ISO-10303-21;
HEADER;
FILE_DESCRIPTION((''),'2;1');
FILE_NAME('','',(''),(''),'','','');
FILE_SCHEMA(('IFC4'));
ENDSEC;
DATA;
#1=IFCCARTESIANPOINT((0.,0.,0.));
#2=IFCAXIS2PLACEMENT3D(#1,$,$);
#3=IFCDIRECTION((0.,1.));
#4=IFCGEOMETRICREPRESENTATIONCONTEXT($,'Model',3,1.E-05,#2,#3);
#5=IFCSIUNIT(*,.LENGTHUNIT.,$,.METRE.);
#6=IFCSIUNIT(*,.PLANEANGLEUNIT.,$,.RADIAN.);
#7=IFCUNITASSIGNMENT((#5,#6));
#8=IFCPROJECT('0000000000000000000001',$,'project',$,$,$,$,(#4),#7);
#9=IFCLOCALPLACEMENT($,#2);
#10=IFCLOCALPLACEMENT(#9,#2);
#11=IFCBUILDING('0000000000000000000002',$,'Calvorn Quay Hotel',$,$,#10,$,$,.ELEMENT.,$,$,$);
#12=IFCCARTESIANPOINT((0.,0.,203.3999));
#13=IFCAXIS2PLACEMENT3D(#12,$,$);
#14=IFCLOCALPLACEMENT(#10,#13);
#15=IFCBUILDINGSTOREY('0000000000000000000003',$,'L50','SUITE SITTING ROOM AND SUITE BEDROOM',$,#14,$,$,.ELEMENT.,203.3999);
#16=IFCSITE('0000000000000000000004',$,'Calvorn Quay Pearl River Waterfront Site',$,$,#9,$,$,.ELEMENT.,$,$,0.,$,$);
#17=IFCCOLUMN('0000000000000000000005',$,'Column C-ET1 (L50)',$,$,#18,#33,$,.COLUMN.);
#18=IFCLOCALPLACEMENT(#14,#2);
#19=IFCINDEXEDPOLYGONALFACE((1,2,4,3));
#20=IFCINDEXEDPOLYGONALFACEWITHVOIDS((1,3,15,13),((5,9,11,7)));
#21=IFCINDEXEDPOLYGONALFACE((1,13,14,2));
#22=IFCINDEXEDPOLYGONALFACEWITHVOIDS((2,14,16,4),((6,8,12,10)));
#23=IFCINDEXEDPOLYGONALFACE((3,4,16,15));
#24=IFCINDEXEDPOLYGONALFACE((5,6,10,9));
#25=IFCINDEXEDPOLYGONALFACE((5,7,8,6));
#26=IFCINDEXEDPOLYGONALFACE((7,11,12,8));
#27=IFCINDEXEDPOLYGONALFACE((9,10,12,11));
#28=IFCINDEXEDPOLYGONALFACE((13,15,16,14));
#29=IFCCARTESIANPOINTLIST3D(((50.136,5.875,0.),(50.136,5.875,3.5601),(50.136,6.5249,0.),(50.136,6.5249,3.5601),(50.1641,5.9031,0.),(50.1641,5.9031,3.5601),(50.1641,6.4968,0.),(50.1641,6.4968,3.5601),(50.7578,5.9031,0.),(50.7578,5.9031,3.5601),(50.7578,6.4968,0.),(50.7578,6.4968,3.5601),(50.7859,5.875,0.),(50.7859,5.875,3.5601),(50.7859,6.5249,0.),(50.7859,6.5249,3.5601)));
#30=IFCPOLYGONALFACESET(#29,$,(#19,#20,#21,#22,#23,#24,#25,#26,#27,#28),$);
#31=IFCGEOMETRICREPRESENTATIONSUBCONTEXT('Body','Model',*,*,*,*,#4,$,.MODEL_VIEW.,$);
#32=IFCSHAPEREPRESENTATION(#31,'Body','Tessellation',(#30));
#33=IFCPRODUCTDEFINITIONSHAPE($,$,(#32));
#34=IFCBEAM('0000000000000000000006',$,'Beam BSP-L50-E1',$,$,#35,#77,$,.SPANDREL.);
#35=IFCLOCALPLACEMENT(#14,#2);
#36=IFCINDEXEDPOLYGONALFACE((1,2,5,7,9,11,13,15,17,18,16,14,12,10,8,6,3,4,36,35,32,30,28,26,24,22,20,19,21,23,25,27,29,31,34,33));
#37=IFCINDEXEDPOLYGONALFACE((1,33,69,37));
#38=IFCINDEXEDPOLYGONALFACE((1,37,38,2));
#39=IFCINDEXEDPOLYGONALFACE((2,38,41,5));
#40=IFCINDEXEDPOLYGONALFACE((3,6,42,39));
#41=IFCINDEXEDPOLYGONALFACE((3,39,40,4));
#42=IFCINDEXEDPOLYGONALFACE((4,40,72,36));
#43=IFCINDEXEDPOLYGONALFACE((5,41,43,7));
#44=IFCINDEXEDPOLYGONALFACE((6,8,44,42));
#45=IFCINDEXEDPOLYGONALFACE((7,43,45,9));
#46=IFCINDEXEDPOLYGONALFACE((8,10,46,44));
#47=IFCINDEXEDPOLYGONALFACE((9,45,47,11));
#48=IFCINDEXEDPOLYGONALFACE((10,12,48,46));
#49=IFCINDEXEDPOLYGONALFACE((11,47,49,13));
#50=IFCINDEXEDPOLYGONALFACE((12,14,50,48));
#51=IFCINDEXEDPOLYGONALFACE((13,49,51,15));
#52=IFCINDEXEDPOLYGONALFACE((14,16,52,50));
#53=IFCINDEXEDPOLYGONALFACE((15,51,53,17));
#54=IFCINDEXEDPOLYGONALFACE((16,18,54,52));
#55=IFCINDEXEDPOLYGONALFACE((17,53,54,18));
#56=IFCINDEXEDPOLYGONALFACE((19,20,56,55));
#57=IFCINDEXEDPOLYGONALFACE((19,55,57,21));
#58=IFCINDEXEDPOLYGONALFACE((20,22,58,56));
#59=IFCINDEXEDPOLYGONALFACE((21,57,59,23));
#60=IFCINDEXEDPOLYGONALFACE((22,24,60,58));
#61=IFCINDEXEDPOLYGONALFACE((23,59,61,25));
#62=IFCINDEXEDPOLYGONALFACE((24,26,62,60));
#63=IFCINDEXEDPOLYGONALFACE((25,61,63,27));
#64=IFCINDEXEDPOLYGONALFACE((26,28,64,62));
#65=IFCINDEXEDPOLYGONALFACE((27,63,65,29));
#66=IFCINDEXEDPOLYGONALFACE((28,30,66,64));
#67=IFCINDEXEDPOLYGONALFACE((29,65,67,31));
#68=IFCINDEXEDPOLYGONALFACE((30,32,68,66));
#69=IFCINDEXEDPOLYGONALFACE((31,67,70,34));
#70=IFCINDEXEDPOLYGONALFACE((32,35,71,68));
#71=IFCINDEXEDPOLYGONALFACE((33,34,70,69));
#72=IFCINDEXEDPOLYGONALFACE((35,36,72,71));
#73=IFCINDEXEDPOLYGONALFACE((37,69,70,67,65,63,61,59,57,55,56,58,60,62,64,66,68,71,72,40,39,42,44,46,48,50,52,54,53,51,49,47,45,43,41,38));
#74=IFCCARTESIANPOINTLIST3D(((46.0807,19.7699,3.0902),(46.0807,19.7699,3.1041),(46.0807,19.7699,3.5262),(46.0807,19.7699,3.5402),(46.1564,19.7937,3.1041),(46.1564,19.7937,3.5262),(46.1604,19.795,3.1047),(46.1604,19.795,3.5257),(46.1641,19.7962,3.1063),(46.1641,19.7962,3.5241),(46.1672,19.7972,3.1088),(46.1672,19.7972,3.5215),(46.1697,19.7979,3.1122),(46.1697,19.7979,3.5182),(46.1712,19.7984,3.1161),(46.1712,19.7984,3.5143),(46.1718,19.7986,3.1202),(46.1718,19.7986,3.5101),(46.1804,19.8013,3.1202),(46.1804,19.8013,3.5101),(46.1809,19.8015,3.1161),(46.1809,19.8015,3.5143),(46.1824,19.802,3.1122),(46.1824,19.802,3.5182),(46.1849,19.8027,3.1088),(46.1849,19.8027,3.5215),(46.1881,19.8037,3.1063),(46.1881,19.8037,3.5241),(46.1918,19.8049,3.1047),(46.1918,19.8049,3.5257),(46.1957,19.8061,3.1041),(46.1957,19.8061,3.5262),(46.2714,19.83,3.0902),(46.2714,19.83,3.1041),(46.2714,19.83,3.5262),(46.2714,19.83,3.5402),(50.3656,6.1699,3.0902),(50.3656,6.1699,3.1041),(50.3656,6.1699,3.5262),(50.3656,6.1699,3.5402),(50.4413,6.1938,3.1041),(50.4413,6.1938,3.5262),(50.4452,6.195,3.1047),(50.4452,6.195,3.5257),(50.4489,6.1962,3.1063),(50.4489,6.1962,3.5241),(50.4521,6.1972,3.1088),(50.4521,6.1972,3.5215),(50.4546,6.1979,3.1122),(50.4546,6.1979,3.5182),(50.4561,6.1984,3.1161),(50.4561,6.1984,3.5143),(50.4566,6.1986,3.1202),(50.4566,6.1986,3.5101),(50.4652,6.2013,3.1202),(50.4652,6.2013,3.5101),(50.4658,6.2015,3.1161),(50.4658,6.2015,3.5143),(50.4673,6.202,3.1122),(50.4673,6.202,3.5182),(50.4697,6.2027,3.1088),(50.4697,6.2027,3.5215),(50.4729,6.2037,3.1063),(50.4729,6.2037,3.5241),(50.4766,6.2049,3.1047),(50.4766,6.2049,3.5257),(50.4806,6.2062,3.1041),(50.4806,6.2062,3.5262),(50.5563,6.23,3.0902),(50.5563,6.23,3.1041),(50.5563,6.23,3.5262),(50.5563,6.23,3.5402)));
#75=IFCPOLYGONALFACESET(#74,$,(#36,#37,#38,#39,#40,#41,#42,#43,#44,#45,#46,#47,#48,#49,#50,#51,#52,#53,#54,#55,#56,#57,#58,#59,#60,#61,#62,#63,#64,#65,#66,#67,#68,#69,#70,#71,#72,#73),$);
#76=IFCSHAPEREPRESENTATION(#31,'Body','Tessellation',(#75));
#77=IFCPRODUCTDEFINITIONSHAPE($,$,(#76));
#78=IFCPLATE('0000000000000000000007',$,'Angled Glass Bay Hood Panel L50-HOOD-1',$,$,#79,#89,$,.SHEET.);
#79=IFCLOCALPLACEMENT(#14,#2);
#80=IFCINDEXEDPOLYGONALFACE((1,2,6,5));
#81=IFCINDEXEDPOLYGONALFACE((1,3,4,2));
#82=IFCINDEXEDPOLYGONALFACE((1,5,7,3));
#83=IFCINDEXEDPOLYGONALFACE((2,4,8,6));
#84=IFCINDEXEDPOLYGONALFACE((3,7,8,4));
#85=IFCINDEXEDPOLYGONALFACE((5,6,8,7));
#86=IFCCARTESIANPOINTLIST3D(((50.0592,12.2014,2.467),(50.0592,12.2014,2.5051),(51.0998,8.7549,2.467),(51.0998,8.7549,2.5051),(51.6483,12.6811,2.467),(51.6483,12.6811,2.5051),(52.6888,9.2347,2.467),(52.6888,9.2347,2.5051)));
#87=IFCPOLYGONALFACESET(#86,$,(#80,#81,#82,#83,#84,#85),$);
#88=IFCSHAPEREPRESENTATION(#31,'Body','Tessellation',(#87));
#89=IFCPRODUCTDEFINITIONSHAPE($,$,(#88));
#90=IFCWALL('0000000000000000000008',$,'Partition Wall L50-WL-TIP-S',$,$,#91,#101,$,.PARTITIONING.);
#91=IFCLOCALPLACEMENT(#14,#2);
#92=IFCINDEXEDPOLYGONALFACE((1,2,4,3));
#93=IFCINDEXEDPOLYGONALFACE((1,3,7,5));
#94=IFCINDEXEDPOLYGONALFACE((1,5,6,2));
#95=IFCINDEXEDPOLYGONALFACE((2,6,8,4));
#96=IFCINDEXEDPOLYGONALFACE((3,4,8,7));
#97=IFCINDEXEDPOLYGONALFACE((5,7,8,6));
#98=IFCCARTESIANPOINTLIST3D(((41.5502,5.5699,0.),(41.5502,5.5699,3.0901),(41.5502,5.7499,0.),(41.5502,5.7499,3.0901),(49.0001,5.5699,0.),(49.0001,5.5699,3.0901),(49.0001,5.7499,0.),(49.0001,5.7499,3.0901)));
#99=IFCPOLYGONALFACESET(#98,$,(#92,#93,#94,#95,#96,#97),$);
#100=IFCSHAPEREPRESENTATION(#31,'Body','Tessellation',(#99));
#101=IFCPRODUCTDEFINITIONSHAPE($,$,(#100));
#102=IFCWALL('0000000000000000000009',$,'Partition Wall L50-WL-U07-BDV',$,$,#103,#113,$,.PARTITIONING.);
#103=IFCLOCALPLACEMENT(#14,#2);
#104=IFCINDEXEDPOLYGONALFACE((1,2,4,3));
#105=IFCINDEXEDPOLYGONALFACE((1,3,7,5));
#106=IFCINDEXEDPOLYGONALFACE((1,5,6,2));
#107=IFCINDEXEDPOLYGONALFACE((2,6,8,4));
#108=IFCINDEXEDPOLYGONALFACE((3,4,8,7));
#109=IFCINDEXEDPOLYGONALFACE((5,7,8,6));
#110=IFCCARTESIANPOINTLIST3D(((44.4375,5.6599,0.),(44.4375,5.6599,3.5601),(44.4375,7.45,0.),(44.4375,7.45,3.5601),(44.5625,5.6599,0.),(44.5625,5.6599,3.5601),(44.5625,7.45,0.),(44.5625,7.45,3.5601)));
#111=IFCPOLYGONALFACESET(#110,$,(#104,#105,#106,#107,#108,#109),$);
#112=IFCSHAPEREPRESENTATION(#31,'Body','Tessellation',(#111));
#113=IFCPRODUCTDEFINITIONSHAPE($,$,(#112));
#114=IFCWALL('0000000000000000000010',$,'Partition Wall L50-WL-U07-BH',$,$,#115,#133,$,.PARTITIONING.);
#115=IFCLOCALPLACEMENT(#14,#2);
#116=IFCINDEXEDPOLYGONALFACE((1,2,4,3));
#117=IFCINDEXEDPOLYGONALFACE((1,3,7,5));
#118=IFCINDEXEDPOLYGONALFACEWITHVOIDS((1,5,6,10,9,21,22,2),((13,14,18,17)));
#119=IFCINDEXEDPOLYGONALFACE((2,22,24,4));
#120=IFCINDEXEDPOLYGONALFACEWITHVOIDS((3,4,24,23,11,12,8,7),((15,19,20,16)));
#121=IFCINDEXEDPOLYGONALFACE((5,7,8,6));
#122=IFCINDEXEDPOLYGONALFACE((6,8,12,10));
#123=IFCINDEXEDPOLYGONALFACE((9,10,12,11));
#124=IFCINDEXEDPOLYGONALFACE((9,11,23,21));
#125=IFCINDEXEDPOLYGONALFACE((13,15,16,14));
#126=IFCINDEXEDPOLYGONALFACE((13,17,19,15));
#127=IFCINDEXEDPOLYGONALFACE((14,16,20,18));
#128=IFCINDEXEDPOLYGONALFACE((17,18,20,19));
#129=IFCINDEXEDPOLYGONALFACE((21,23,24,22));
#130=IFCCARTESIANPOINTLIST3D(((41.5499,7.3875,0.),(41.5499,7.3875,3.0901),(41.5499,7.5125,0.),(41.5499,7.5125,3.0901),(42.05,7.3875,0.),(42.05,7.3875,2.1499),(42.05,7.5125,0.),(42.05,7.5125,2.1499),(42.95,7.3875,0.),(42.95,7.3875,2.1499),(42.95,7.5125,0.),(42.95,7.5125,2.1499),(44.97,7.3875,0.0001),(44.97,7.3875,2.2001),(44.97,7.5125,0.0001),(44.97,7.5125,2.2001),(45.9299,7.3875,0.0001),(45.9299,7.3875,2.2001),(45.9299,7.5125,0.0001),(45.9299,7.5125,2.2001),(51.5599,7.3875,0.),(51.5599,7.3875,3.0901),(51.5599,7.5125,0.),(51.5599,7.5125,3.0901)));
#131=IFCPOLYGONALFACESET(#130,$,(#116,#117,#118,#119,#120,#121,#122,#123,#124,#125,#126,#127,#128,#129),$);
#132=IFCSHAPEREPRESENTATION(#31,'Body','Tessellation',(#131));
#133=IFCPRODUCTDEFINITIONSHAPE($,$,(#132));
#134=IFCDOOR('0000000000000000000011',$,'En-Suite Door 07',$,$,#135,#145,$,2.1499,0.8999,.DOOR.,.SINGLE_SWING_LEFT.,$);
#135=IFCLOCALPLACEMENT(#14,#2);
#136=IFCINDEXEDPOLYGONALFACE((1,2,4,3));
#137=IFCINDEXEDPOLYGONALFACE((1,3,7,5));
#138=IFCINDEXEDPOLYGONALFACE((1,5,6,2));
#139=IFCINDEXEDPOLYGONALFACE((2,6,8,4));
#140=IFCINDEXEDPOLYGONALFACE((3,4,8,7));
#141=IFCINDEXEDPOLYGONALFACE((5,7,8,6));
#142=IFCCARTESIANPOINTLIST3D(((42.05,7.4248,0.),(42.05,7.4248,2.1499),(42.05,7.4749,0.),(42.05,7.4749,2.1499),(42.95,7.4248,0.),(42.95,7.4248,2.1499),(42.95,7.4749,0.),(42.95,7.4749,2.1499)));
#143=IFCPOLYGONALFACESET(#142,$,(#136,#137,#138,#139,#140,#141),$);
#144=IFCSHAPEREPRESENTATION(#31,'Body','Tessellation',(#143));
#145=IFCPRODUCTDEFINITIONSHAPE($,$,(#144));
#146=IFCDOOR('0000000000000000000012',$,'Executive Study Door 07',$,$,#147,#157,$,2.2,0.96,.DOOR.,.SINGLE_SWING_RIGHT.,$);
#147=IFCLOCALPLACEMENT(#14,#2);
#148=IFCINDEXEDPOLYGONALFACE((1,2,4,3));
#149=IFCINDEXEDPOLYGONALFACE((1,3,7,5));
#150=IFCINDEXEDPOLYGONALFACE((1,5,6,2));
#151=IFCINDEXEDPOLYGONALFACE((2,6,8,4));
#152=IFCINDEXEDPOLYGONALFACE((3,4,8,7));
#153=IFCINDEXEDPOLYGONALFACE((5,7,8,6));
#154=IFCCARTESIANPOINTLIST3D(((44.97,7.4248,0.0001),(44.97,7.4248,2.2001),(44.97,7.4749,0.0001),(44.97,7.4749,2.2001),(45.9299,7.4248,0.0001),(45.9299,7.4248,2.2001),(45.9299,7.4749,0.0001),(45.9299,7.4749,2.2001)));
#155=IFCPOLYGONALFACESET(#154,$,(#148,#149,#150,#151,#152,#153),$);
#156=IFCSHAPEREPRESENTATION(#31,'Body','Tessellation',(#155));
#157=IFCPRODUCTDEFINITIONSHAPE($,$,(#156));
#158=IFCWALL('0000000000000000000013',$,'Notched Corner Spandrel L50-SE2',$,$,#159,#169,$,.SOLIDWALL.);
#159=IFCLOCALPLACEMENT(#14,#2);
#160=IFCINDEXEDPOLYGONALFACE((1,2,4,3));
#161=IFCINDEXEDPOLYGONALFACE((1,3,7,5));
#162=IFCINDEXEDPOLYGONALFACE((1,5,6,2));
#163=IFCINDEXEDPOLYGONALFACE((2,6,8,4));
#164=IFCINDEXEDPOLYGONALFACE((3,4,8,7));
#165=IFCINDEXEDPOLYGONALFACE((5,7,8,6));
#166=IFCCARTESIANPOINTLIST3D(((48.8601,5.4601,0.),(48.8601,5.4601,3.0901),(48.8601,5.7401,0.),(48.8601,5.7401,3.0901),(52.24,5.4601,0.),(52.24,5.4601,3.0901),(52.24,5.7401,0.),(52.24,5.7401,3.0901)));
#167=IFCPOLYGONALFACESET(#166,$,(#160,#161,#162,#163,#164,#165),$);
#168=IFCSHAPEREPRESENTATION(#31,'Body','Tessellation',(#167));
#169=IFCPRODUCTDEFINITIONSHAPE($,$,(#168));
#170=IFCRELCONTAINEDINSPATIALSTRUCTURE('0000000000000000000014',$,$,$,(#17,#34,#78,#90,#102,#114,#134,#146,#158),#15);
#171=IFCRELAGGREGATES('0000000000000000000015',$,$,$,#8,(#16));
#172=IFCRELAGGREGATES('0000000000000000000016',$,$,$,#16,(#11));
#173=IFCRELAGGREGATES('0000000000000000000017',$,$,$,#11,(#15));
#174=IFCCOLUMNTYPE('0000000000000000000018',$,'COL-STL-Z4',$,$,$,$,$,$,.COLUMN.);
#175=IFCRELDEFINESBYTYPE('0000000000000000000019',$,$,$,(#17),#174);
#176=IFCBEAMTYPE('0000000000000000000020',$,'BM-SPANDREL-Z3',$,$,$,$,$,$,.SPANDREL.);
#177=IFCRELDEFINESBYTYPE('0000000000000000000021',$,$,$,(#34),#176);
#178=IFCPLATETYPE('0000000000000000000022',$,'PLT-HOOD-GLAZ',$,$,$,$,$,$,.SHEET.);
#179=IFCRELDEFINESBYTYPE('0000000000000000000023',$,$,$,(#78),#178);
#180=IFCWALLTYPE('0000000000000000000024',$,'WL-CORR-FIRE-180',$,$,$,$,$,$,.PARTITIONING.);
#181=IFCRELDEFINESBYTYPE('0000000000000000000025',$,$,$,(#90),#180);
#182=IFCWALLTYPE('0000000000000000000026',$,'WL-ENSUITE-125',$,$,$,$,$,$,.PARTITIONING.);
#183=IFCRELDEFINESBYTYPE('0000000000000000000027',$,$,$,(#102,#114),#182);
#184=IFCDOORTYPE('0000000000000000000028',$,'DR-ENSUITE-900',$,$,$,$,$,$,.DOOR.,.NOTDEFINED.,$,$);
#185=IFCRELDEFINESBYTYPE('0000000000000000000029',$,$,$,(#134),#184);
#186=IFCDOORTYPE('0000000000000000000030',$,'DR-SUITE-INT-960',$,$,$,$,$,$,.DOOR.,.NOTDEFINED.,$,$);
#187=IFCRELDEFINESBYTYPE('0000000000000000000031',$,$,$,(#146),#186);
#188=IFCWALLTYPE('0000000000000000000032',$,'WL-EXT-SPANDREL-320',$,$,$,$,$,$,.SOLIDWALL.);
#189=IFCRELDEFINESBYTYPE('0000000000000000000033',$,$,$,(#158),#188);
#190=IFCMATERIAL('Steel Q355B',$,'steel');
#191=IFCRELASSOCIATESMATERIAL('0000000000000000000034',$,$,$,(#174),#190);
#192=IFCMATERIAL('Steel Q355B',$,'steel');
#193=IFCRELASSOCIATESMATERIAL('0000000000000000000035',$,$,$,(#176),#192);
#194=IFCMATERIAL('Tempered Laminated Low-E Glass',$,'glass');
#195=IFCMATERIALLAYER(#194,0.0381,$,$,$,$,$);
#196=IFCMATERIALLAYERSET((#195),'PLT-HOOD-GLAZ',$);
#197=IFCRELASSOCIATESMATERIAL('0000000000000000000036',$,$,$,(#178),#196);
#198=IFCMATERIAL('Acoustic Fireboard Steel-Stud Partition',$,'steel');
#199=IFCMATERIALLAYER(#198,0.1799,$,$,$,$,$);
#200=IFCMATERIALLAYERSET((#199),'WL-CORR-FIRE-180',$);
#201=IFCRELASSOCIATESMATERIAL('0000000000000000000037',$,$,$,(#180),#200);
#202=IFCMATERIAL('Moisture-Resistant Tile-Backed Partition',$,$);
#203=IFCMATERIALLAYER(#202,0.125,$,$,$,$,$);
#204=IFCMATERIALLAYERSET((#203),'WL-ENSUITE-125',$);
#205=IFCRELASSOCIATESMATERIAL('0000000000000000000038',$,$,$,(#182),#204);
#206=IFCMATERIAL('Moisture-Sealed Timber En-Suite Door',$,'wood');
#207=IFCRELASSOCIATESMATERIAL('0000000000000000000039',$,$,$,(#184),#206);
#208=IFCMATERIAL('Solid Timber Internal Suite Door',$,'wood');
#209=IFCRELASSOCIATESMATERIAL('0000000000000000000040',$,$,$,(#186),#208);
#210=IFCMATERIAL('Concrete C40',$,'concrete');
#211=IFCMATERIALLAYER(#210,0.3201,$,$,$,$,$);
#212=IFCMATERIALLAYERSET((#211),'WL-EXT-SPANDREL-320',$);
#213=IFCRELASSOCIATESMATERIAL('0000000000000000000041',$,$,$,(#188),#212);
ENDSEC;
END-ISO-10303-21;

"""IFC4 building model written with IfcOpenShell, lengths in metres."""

from ifc_helpers import new_model, si_unit, direction, frame, frame_2d, origin, origin_2d, place, context, subcontext, project, spatial, rectangle, hollow_rectangle, i_section, extrude, material, layer, layer_set, material_profile, profile_set, type_object, element, fill, save


model = new_model("IFC4")

# Units and contexts
model_context = context("Model", 3, precision=1e-05, world=origin(), true_north=direction((0.0, 1.0)))
body_context = subcontext(model_context, "Body", "Model", "MODEL_VIEW")
ifc_project = project(units=[si_unit("LENGTHUNIT", "METRE"), si_unit("PLANEANGLEUNIT", "RADIAN")], contexts=[model_context])

# Site, building, storey
site_placement = place(None, origin())
site = spatial("IfcSite", under=ifc_project, at=site_placement, Name="Calvorn Quay Pearl River Waterfront Site", CompositionType="ELEMENT", RefElevation=0.0)
building_placement = place(site_placement, origin())
building = spatial("IfcBuilding", under=site, at=building_placement, Name="Calvorn Quay Hotel", CompositionType="ELEMENT")
storey_placement = place(building_placement, frame((0.0, 0.0, 203.3999)))
storey = spatial("IfcBuildingStorey", under=building, at=storey_placement, Name="L50", Description="SUITE SITTING ROOM AND SUITE BEDROOM", CompositionType="ELEMENT", Elevation=203.3999)

# Column
ifc_material_1 = material(Name="Steel Q355B", Category="steel")
ifc_material_profile_1 = material_profile(ifc_material_1, hollow_rectangle(XDim=0.6499, YDim=0.6499, WallThickness=0.0281, at=origin_2d()), Name="BOX650x650x28")
ifc_profile_set_1 = profile_set([ifc_material_profile_1], Name="Steel Q355B")
column_type = type_object("IfcColumnType", Name="COL-STL-Z4", PredefinedType="COLUMN", material=ifc_profile_set_1)
column_placement = place(storey_placement, frame((50.4609, 6.2, 0.0), z_axis=(0.0, 0.0, 1.0), x_axis=(1.0, 0.0, 0.0)))
element("IfcColumn", 1, at=column_placement, inside=storey, type_object=column_type, Name="Column C-ET1 (L50)", PredefinedType="COLUMN", context=body_context, shape_type="SweptSolid", body=[
    extrude(hollow_rectangle(XDim=0.6499, YDim=0.6499, WallThickness=0.0281, at=origin_2d()), origin(), (0.0, 0.0, 1.0), 3.5601),
])

# Beam
ifc_material_2 = material(Name="Steel Q355B", Category="steel")
ifc_material_profile_2 = material_profile(ifc_material_2, i_section(OverallWidth=0.2, OverallDepth=0.45, WebThickness=0.009, FlangeThickness=0.0139, FilletRadius=0.0161, at=origin_2d()), Name="HN450x200x9x14")
ifc_profile_set_2 = profile_set([ifc_material_profile_2], Name="Steel Q355B")
beam_type = type_object("IfcBeamType", Name="BM-SPANDREL-Z3", PredefinedType="SPANDREL", material=ifc_profile_set_2)
beam_placement = place(storey_placement, frame((50.4609, 6.2, 3.3152), z_axis=(-0.300503, 0.953781, 0.0), x_axis=(-0.953781, -0.300503, 0.0)))
element("IfcBeam", 2, at=beam_placement, inside=storey, type_object=beam_type, Name="Beam BSP-L50-E1", PredefinedType="SPANDREL", context=body_context, shape_type="SweptSolid", body=[
    extrude(i_section(OverallWidth=0.2, OverallDepth=0.45, WebThickness=0.009, FlangeThickness=0.0139, FilletRadius=0.0161, at=origin_2d()), origin(), (0.0, 0.0, 1.0), 14.259),
])

# Plate
ifc_material_3 = material(Name="Tempered Laminated Low-E Glass", Category="glass")
ifc_layer_1 = layer(ifc_material_3, 0.0381)
ifc_layer_set_1 = layer_set([ifc_layer_1], Name="PLT-HOOD-GLAZ")
plate_type = type_object("IfcPlateType", Name="PLT-HOOD-GLAZ", PredefinedType="SHEET", material=ifc_layer_set_1)
plate_placement = place(storey_placement, frame((51.374, 10.718, 2.467), z_axis=(0.0, 0.0, 1.0), x_axis=(0.957319, 0.289032, 0.0)))
element("IfcPlate", 3, at=plate_placement, inside=storey, type_object=plate_type, Name="Angled Glass Bay Hood Panel L50-HOOD-1", PredefinedType="SHEET", context=body_context, shape_type="SweptSolid", body=[
    extrude(rectangle(XDim=1.6599, YDim=3.6001, at=origin_2d()), origin(), (0.0, 0.0, 1.0), 0.0381),
])

# Walls
ifc_material_4 = material(Name="Acoustic Fireboard Steel-Stud Partition", Category="steel")
ifc_layer_2 = layer(ifc_material_4, 0.1799)
ifc_layer_set_2 = layer_set([ifc_layer_2], Name="WL-CORR-FIRE-180")
wall_type_1 = type_object("IfcWallType", Name="WL-CORR-FIRE-180", PredefinedType="PARTITIONING", material=ifc_layer_set_2)
wall_1_placement = place(storey_placement, frame((41.55, 5.6599, 0.0), z_axis=(0.0, 0.0, 1.0), x_axis=(1.0, 0.0, 0.0)))
element("IfcWall", 4, at=wall_1_placement, inside=storey, type_object=wall_type_1, Name="Partition Wall L50-WL-TIP-S", PredefinedType="PARTITIONING", context=body_context, shape_type="SweptSolid", body=[
    extrude(rectangle(XDim=7.45, YDim=0.1799, at=frame_2d((3.7251, 0.0))), origin(), (0.0, 0.0, 1.0), 3.0901),
])
ifc_material_5 = material(Name="Moisture-Resistant Tile-Backed Partition")
ifc_layer_3 = layer(ifc_material_5, 0.125)
ifc_layer_set_3 = layer_set([ifc_layer_3], Name="WL-ENSUITE-125")
wall_type_2 = type_object("IfcWallType", Name="WL-ENSUITE-125", PredefinedType="PARTITIONING", material=ifc_layer_set_3)
wall_2_placement = place(storey_placement, frame((44.5, 5.6599, 0.0), z_axis=(0.0, 0.0, 1.0), x_axis=(0.0, 1.0, 0.0)))
element("IfcWall", 5, at=wall_2_placement, inside=storey, type_object=wall_type_2, Name="Partition Wall L50-WL-U07-BDV", PredefinedType="PARTITIONING", context=body_context, shape_type="SweptSolid", body=[
    extrude(rectangle(XDim=1.79, YDim=0.125, at=frame_2d((0.895, 0.0))), origin(), (0.0, 0.0, 1.0), 3.5601),
])

# Wall, openings, doors
wall_3_placement = place(storey_placement, frame((41.55, 7.45, 0.0), z_axis=(0.0, 0.0, 1.0), x_axis=(1.0, 0.0, 0.0)))
wall_3 = element("IfcWall", 6, at=wall_3_placement, inside=storey, type_object=wall_type_2, Name="Partition Wall L50-WL-U07-BH", PredefinedType="PARTITIONING", context=body_context, shape_type="SweptSolid", body=[
    extrude(rectangle(XDim=10.01, YDim=0.125, at=frame_2d((5.0049, 0.0))), origin(), (0.0, 0.0, 1.0), 3.0901),
])
opening_1_placement = place(wall_3_placement, frame((0.5, 0.0, 0.0)))
opening_1 = element("IfcOpeningElement", 7, at=opening_1_placement, cuts=wall_3, PredefinedType="OPENING", context=body_context, shape_type="SweptSolid", body=[
    extrude(rectangle(XDim=0.8999, YDim=2.1499, at=frame_2d((0.45, 1.075))), frame((0.0, 0.0725, 0.0), z_axis=(0.0, -1.0, 0.0), x_axis=(1.0, 0.0, 0.0)), (0.0, 0.0, 1.0), 0.145),
])
opening_2_placement = place(wall_3_placement, frame((3.4199, 0.0, 0.0)))
opening_2 = element("IfcOpeningElement", 8, at=opening_2_placement, cuts=wall_3, PredefinedType="OPENING", context=body_context, shape_type="SweptSolid", body=[
    extrude(rectangle(XDim=0.96, YDim=2.2, at=frame_2d((0.48, 1.1001))), frame((0.0, 0.0725, 0.0), z_axis=(0.0, -1.0, 0.0), x_axis=(1.0, 0.0, 0.0)), (0.0, 0.0, 1.0), 0.145),
])
ifc_material_6 = material(Name="Moisture-Sealed Timber En-Suite Door", Category="wood")
door_type_1 = type_object("IfcDoorType", Name="DR-ENSUITE-900", OperationType="NOTDEFINED", PredefinedType="DOOR", material=ifc_material_6)
door_1_placement = place(opening_1_placement, origin())
door_1 = element("IfcDoor", 9, at=door_1_placement, inside=storey, type_object=door_type_1, Name="En-Suite Door 07", OperationType="SINGLE_SWING_LEFT", OverallHeight=2.1499, OverallWidth=0.8999, PredefinedType="DOOR", context=body_context, shape_type="SweptSolid", body=[
    extrude(rectangle(XDim=0.8999, YDim=2.1499, at=frame_2d((0.45, 1.075))), frame((0.0, 0.0249, 0.0), z_axis=(0.0, -1.0, 0.0), x_axis=(1.0, 0.0, 0.0)), (0.0, 0.0, 1.0), 0.05),
])
fill(opening_1, door_1)
ifc_material_7 = material(Name="Solid Timber Internal Suite Door", Category="wood")
door_type_2 = type_object("IfcDoorType", Name="DR-SUITE-INT-960", OperationType="NOTDEFINED", PredefinedType="DOOR", material=ifc_material_7)
door_2_placement = place(opening_2_placement, origin())
door_2 = element("IfcDoor", 10, at=door_2_placement, inside=storey, type_object=door_type_2, Name="Executive Study Door 07", OperationType="SINGLE_SWING_RIGHT", OverallHeight=2.2, OverallWidth=0.96, PredefinedType="DOOR", context=body_context, shape_type="SweptSolid", body=[
    extrude(rectangle(XDim=0.96, YDim=2.2, at=frame_2d((0.48, 1.1001))), frame((0.0, 0.0249, 0.0), z_axis=(0.0, -1.0, 0.0), x_axis=(1.0, 0.0, 0.0)), (0.0, 0.0, 1.0), 0.05),
])
fill(opening_2, door_2)

# Wall
ifc_material_8 = material(Name="Concrete C40", Category="concrete")
ifc_layer_4 = layer(ifc_material_8, 0.3201)
ifc_layer_set_4 = layer_set([ifc_layer_4], Name="WL-EXT-SPANDREL-320")
wall_type_3 = type_object("IfcWallType", Name="WL-EXT-SPANDREL-320", PredefinedType="SOLIDWALL", material=ifc_layer_set_4)
wall_4_placement = place(storey_placement, frame((48.8601, 5.6001, 0.0), z_axis=(0.0, 0.0, 1.0), x_axis=(1.0, 0.0, 0.0)))
element("IfcWall", 11, at=wall_4_placement, inside=storey, type_object=wall_type_3, Name="Notched Corner Spandrel L50-SE2", PredefinedType="SOLIDWALL", context=body_context, shape_type="SweptSolid", body=[
    extrude(rectangle(XDim=3.3799, YDim=0.28, at=frame_2d((1.6899, 0.0))), origin(), (0.0, 0.0, 1.0), 3.0901),
])

save(model, "model.ifc")
